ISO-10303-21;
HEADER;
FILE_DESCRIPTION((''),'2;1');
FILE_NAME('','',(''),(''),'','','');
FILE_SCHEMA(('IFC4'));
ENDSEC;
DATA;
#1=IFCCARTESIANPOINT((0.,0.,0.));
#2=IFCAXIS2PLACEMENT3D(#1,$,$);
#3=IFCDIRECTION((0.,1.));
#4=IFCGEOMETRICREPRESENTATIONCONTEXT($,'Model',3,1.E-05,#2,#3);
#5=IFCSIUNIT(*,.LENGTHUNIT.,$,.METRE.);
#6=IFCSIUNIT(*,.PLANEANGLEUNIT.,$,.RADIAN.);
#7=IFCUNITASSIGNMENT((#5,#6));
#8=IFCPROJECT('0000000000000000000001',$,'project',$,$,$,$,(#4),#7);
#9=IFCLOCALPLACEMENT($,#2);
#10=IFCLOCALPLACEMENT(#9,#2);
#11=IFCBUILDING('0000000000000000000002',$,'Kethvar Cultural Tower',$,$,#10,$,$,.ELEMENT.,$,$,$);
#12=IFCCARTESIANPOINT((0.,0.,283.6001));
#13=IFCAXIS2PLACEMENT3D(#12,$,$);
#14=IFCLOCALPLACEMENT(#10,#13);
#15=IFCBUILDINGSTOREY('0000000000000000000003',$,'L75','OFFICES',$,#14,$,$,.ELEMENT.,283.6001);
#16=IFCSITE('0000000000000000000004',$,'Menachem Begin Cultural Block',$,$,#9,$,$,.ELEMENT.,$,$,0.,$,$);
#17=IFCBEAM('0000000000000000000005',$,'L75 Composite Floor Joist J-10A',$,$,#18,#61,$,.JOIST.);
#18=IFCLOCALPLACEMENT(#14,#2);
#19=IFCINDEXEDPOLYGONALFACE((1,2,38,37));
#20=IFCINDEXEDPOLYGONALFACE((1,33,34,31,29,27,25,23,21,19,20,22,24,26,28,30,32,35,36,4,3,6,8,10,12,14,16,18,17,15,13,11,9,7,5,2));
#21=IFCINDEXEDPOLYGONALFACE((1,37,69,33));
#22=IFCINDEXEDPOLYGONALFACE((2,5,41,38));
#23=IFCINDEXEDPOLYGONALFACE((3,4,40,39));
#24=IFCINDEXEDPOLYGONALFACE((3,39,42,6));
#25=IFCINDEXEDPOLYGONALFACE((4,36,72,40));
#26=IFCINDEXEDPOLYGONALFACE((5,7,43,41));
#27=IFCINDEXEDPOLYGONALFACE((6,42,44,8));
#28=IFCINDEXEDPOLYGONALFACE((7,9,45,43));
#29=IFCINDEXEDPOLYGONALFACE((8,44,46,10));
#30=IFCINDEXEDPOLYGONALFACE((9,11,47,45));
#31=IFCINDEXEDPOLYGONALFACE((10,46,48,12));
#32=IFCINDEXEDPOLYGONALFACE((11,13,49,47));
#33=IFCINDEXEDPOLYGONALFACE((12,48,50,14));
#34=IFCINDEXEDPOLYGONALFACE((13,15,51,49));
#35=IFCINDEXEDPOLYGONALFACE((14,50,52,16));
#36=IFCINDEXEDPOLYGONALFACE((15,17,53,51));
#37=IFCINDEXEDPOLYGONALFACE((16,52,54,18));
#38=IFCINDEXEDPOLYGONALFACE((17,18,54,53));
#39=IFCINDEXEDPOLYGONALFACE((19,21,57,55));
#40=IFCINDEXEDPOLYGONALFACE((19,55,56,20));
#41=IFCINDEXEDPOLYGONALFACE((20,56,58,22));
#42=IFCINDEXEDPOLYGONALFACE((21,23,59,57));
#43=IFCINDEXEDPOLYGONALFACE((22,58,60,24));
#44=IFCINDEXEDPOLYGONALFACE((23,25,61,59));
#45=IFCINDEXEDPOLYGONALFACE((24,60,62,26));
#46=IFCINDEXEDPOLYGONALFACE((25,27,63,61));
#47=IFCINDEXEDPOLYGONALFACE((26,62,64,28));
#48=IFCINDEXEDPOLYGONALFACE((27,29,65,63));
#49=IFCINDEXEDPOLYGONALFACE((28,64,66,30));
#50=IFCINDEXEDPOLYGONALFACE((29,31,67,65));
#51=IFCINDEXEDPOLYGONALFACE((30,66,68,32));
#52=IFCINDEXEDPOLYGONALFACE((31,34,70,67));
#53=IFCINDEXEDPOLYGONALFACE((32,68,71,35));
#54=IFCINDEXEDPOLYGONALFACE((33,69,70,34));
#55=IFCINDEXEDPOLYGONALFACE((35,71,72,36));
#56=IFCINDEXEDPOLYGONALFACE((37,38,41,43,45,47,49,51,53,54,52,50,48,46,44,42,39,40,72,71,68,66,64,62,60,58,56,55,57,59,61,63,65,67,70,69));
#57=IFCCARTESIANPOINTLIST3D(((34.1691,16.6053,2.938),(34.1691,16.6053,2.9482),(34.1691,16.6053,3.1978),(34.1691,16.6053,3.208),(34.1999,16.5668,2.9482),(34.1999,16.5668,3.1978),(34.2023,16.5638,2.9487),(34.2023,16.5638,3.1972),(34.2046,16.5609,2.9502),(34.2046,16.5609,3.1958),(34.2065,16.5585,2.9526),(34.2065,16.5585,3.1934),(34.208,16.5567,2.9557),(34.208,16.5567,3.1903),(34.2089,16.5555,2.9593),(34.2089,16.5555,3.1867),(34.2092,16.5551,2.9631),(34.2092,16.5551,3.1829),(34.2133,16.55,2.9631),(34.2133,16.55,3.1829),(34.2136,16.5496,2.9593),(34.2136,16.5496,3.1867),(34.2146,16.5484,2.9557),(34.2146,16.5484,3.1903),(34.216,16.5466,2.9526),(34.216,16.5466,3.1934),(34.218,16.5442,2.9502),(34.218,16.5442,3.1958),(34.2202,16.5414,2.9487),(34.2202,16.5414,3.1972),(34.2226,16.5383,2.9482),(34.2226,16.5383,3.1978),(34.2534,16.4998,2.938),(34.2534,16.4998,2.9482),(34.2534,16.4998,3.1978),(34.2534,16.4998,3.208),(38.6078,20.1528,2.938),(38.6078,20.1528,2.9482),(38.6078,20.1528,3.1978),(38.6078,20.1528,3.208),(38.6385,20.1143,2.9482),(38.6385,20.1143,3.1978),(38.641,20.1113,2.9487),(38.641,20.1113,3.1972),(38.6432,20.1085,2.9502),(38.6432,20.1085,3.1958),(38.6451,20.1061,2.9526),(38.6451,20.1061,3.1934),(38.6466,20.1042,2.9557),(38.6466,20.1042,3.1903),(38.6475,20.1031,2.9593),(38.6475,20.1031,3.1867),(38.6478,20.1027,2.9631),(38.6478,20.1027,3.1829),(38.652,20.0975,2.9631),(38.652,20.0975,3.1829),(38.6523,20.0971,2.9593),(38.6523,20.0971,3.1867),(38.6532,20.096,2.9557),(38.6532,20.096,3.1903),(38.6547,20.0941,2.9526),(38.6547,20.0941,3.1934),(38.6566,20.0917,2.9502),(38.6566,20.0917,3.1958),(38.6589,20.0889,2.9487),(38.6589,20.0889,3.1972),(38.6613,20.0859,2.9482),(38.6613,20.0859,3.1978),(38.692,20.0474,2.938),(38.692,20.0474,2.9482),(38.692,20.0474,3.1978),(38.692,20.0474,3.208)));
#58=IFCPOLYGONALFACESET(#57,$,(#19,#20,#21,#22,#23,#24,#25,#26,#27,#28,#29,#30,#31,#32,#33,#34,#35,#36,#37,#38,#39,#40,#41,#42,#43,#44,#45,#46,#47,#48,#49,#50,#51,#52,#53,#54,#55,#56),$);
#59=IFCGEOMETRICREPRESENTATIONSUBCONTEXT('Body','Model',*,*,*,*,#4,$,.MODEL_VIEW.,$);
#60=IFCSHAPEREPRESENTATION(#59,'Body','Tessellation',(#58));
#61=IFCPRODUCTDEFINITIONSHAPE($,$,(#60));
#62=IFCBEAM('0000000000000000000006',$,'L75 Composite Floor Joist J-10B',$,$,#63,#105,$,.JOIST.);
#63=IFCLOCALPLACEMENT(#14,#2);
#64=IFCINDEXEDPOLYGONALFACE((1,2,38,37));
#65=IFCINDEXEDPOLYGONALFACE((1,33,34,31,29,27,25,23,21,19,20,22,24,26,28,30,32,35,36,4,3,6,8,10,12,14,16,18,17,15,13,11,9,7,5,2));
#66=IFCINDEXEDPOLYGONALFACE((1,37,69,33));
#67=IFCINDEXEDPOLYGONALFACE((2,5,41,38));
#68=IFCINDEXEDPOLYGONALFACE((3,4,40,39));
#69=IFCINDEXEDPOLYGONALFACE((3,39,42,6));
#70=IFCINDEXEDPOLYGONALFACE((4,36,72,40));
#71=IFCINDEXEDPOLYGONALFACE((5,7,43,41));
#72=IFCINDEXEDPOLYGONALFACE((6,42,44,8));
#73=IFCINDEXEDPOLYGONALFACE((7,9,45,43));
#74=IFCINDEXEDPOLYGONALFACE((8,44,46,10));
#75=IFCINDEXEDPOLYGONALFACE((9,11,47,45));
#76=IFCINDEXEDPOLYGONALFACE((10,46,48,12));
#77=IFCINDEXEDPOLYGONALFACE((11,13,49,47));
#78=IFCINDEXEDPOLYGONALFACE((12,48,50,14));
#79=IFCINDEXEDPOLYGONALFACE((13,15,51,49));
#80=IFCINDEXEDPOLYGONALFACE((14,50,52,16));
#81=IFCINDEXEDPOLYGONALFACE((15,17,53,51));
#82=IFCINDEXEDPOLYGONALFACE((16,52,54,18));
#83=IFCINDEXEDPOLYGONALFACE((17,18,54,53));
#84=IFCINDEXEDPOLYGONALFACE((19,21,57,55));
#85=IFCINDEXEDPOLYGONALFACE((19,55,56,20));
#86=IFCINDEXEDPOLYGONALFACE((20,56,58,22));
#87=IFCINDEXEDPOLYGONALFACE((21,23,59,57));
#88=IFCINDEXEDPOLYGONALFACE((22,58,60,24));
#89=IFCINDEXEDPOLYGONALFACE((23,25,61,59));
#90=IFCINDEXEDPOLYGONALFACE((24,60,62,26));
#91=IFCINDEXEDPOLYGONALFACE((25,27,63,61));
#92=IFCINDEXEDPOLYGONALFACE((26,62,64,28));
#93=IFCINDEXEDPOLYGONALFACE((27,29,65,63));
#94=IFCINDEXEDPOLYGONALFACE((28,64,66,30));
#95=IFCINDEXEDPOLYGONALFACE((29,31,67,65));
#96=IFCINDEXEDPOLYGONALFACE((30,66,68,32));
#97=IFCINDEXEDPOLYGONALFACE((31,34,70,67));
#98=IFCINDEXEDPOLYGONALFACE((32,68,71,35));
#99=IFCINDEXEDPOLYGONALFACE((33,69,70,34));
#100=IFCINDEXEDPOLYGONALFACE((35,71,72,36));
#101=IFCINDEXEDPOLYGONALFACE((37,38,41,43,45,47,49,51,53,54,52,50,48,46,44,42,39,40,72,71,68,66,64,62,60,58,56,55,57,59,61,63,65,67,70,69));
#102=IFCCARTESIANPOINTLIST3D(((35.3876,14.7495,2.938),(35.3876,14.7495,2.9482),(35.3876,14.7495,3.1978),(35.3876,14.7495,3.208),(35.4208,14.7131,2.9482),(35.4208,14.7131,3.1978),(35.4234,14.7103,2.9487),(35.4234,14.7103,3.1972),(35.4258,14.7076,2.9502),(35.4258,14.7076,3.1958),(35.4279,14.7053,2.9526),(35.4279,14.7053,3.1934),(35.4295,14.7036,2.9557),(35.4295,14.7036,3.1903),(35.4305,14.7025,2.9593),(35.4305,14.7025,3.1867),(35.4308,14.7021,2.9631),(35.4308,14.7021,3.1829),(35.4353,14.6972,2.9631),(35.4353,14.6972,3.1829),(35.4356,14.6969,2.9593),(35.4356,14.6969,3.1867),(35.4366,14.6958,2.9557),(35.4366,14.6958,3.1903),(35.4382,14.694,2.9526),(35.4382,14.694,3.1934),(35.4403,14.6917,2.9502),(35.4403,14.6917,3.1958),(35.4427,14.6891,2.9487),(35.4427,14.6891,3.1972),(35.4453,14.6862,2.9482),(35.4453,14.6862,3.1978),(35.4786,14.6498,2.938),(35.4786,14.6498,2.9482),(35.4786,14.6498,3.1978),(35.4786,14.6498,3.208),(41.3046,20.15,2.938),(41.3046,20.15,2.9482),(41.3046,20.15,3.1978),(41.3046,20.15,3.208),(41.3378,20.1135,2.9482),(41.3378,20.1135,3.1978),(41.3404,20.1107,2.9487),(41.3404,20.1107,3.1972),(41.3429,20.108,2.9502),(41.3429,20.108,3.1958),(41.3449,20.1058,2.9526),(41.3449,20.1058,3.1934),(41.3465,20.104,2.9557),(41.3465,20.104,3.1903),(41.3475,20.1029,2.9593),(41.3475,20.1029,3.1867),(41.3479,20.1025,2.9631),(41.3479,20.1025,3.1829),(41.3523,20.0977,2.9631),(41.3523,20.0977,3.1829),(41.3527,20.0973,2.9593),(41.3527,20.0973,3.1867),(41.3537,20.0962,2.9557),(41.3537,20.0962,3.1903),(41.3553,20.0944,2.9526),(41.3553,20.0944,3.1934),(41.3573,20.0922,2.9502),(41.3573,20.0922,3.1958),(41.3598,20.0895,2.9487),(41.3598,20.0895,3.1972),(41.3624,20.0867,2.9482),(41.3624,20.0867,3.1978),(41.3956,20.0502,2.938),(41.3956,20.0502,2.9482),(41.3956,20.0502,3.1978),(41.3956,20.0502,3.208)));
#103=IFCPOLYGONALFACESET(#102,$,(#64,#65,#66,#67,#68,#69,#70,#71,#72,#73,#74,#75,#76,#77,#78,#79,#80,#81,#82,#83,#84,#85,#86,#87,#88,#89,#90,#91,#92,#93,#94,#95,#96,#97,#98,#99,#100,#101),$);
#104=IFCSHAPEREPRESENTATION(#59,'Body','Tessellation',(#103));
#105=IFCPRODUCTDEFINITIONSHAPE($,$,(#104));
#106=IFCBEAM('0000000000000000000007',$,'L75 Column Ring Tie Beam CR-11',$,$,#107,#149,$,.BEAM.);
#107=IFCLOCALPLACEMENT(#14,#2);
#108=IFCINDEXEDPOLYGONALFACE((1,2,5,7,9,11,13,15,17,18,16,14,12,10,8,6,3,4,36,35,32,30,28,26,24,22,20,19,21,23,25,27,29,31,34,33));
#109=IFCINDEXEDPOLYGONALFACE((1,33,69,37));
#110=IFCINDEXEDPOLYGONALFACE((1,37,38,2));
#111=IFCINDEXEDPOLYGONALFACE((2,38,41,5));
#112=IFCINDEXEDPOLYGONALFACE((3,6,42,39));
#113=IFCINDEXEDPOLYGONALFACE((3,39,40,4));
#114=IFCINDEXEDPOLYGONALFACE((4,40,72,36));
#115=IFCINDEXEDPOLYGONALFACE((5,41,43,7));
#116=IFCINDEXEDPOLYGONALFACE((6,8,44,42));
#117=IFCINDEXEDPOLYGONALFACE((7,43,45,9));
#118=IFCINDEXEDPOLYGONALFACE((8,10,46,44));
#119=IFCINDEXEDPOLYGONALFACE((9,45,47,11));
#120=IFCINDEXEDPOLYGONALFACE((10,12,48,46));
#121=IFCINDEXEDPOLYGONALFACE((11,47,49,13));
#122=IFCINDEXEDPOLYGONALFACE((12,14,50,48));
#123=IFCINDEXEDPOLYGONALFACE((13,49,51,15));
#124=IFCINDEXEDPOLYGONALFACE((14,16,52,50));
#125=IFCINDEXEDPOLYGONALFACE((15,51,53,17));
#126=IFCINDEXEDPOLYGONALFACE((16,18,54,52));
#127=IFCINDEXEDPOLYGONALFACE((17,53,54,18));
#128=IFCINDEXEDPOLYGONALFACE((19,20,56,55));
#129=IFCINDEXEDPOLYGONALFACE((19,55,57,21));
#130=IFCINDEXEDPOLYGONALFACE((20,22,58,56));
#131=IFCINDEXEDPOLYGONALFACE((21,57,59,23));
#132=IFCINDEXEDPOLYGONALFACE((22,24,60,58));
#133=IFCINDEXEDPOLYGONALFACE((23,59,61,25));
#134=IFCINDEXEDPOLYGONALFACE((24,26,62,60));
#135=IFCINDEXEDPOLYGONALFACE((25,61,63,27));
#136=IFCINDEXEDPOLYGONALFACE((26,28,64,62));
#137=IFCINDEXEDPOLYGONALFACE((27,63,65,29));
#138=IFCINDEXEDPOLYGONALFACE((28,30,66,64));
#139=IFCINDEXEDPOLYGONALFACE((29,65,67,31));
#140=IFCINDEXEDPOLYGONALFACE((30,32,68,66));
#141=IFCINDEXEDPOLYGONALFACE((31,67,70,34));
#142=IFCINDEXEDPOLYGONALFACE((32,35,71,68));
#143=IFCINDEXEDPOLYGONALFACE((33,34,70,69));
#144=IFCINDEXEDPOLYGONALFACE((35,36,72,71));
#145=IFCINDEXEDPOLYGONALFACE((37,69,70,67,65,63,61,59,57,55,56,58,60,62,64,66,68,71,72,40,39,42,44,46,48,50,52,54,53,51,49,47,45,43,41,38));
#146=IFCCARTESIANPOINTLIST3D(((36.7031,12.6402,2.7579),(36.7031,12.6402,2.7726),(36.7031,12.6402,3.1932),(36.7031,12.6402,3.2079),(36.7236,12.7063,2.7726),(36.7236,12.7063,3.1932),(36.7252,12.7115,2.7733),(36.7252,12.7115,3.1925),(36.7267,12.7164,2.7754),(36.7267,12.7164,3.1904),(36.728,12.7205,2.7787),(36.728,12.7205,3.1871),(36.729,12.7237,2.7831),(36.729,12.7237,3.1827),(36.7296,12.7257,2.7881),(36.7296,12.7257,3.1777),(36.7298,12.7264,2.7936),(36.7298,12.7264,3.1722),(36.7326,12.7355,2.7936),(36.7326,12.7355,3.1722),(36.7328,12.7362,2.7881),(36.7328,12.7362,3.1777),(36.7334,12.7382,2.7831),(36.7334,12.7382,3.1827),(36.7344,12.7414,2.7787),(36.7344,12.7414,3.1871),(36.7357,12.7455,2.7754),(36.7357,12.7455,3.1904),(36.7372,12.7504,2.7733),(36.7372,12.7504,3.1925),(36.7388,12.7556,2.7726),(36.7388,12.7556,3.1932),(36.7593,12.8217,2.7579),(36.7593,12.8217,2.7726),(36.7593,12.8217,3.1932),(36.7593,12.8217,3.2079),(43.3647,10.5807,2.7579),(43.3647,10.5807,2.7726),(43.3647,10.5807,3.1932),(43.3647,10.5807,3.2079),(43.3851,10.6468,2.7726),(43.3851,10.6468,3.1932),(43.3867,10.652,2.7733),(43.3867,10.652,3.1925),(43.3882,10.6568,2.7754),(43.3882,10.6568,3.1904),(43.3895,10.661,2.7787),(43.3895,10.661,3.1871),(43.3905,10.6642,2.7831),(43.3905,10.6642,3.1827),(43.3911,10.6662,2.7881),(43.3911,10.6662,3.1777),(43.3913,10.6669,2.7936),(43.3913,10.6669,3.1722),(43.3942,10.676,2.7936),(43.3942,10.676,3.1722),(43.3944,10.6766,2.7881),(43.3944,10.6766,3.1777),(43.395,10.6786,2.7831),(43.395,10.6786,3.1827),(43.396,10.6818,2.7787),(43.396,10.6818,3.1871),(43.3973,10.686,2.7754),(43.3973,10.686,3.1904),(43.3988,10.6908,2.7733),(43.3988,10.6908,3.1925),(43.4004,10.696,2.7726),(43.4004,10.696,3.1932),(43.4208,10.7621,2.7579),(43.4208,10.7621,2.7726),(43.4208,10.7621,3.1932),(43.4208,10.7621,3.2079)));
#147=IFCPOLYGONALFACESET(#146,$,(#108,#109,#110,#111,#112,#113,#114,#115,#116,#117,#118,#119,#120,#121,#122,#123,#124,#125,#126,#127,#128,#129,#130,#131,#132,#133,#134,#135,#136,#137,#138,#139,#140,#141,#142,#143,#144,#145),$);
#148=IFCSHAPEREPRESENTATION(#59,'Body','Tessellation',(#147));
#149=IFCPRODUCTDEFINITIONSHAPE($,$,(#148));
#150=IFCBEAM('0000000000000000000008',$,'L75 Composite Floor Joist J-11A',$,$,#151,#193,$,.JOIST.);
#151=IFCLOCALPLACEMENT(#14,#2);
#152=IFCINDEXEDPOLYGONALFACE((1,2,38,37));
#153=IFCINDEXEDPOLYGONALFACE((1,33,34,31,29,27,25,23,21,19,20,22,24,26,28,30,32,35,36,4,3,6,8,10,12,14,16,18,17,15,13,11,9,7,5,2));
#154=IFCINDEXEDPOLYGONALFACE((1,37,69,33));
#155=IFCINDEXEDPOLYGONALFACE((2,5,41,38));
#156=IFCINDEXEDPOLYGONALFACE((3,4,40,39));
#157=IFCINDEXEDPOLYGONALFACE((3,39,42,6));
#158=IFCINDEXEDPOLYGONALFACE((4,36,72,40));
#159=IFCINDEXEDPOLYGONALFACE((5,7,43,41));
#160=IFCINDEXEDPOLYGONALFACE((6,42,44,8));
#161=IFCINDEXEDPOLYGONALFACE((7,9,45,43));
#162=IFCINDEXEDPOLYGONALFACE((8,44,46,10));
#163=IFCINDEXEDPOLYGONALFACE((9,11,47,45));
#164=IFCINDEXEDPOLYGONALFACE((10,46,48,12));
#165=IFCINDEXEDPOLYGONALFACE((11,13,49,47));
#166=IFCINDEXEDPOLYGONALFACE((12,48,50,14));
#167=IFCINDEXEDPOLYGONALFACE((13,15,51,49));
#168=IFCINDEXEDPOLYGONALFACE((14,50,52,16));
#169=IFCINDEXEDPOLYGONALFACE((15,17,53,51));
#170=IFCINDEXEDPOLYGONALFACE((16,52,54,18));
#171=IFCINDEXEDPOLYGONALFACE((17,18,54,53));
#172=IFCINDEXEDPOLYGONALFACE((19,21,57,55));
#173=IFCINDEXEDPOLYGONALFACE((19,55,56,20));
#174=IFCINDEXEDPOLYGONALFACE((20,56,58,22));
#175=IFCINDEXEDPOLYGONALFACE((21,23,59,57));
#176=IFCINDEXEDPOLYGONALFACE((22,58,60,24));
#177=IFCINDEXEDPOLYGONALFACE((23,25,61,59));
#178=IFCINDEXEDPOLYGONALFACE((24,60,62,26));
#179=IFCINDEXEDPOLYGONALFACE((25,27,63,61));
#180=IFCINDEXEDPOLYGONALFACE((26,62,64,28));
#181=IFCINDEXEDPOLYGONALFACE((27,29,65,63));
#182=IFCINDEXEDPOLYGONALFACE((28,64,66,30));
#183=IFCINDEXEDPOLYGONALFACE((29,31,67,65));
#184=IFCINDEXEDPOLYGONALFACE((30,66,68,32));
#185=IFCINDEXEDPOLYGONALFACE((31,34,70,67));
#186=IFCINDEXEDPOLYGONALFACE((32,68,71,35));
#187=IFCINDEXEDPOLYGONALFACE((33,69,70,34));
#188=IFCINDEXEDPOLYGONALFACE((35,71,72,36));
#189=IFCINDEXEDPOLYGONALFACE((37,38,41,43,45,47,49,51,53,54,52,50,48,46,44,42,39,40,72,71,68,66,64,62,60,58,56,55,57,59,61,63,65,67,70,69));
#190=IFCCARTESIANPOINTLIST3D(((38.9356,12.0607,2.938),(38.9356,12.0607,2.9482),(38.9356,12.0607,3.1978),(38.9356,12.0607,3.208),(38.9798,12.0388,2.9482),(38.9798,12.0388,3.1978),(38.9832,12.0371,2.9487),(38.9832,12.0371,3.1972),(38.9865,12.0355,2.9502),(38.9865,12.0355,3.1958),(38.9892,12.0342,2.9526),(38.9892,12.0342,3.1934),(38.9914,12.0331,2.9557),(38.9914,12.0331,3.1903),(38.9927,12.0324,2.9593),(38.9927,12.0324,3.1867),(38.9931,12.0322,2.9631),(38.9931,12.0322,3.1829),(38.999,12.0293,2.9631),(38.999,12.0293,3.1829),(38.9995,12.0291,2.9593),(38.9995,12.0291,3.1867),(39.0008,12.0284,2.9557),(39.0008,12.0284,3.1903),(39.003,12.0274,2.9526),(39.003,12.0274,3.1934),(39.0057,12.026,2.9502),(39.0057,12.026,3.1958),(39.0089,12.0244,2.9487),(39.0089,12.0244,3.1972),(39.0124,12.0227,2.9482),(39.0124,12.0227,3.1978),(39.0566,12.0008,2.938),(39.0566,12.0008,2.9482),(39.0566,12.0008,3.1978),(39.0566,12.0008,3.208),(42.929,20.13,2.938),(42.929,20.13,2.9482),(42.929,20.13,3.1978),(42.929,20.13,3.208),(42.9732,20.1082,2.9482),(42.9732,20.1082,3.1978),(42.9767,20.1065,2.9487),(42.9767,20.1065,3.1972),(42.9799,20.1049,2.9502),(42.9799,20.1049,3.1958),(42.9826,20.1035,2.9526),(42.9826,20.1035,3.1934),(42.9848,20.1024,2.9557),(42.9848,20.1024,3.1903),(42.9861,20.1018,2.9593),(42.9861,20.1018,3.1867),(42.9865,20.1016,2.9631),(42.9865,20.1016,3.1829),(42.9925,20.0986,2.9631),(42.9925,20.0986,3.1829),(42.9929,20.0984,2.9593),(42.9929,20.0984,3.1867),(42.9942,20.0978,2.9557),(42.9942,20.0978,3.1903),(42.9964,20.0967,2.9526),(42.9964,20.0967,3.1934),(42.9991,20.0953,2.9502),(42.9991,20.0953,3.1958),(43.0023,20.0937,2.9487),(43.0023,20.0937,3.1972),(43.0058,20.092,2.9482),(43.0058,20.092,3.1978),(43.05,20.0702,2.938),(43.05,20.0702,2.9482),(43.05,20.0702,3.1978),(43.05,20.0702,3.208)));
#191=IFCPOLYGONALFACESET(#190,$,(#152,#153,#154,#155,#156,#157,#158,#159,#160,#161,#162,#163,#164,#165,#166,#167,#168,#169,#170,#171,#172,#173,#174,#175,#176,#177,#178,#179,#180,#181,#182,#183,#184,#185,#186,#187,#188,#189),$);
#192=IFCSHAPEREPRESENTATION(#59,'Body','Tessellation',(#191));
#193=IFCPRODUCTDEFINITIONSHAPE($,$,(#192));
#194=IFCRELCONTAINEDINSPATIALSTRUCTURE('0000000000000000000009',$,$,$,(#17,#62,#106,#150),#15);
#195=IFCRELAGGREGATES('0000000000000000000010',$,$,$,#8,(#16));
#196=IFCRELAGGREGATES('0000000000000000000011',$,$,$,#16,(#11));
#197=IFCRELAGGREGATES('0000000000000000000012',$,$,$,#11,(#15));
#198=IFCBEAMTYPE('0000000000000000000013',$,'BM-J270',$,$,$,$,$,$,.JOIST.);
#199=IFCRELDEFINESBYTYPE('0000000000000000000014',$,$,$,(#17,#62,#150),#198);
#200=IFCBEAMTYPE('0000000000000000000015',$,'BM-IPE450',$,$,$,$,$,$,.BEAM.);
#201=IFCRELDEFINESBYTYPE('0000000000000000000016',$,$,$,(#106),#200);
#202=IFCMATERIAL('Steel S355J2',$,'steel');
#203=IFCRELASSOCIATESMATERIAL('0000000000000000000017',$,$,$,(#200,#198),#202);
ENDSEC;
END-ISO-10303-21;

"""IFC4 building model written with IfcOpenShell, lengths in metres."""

from ifc_helpers import new_model, si_unit, direction, frame, origin, origin_2d, place, context, subcontext, project, spatial, i_section, extrude, source, transform, mapped, material, material_profile, profile_set, type_object, element, save


model = new_model("IFC4")

# Units and contexts
model_context = context("Model", 3, precision=1e-05, world=origin(), true_north=direction((0.0, 1.0)))
body_context = subcontext(model_context, "Body", "Model", "MODEL_VIEW")
ifc_project = project(units=[si_unit("LENGTHUNIT", "METRE"), si_unit("PLANEANGLEUNIT", "RADIAN")], contexts=[model_context])

# Site, building, storey
site_placement = place(None, origin())
site = spatial("IfcSite", under=ifc_project, at=site_placement, Name="Menachem Begin Cultural Block", CompositionType="ELEMENT", RefElevation=0.0)
building_placement = place(site_placement, origin())
building = spatial("IfcBuilding", under=site, at=building_placement, Name="Kethvar Cultural Tower", CompositionType="ELEMENT")
storey_placement = place(building_placement, frame((0.0, 0.0, 283.6001)))
storey = spatial("IfcBuildingStorey", under=building, at=storey_placement, Name="L75", Description="OFFICES", CompositionType="ELEMENT", Elevation=283.6001)

# Shared definitions
ifc_material_1 = material(Name="Steel S355J2", Category="steel")

# Beams
ifc_material_profile_1 = material_profile(ifc_material_1, i_section(OverallWidth=0.1899, OverallDepth=0.45, WebThickness=0.0095, FlangeThickness=0.0146, FilletRadius=0.021, at=origin_2d()), Name="Steel S355J2 — IPE450")
ifc_profile_set_1 = profile_set([ifc_material_profile_1], Name="Steel S355J2 — IPE450")
beam_type_1 = type_object("IfcBeamType", Name="BM-IPE450", PredefinedType="BEAM", material=ifc_profile_set_1)
ifc_material_profile_2 = material_profile(ifc_material_1, i_section(OverallWidth=0.135, OverallDepth=0.27, WebThickness=0.0066, FlangeThickness=0.0103, FilletRadius=0.0149, at=origin_2d()), Name="Steel S355J2 — IPE270")
ifc_profile_set_2 = profile_set([ifc_material_profile_2], Name="Steel S355J2 — IPE270")
beam_type_2 = type_object("IfcBeamType", Name="BM-J270", PredefinedType="JOIST", material=ifc_profile_set_2)
shared_shape_1 = source(origin(), body_context, "Body", "SweptSolid", [
    extrude(i_section(OverallWidth=0.135, OverallDepth=0.27, WebThickness=0.0066, FlangeThickness=0.0103, FilletRadius=0.0149, at=origin_2d()), origin(), (0.0, 0.0, 1.0), 5.6821),
])
beam_1_placement = place(storey_placement, frame((38.6499, 20.1001, 3.073), z_axis=(-0.781158, -0.624333, 0.0), x_axis=(0.624333, -0.781158, 0.0)))
element("IfcBeam", 1, at=beam_1_placement, inside=storey, type_object=beam_type_2, Name="L75 Composite Floor Joist J-10A", PredefinedType="JOIST", context=body_context, shape_type="MappedRepresentation", body=[
    mapped(shared_shape_1, transform((0.0, 0.0, 0.0), scale=1.0)),
])
shared_shape_2 = source(origin(), body_context, "Body", "SweptSolid", [
    extrude(i_section(OverallWidth=0.135, OverallDepth=0.27, WebThickness=0.0066, FlangeThickness=0.0103, FilletRadius=0.0149, at=origin_2d()), origin(), (0.0, 0.0, 1.0), 8.011),
])
beam_2_placement = place(storey_placement, frame((41.3501, 20.1001, 3.073), z_axis=(-0.738615, -0.674128, 0.0), x_axis=(0.674128, -0.738615, 0.0)))
element("IfcBeam", 2, at=beam_2_placement, inside=storey, type_object=beam_type_2, Name="L75 Composite Floor Joist J-10B", PredefinedType="JOIST", context=body_context, shape_type="MappedRepresentation", body=[
    mapped(shared_shape_2, transform((0.0, 0.0, 0.0), scale=1.0)),
])
shared_shape_3 = source(origin(), body_context, "Body", "SweptSolid", [
    extrude(i_section(OverallWidth=0.1899, OverallDepth=0.45, WebThickness=0.0095, FlangeThickness=0.0146, FilletRadius=0.021, at=origin_2d()), origin(), (0.0, 0.0, 1.0), 6.9727),
])
beam_3_placement = place(storey_placement, frame((36.7312, 12.731, 2.9829), z_axis=(0.955381, -0.295375, 0.0), x_axis=(0.295375, 0.955381, 0.0)))
element("IfcBeam", 3, at=beam_3_placement, inside=storey, type_object=beam_type_1, Name="L75 Column Ring Tie Beam CR-11", PredefinedType="BEAM", context=body_context, shape_type="MappedRepresentation", body=[
    mapped(shared_shape_3, transform((0.0, 0.0, 0.0), scale=1.0)),
])
shared_shape_4 = source(origin(), body_context, "Body", "SweptSolid", [
    extrude(i_section(OverallWidth=0.135, OverallDepth=0.27, WebThickness=0.0066, FlangeThickness=0.0103, FilletRadius=0.0149, at=origin_2d()), origin(), (0.0, 0.0, 1.0), 9.0034),
])
beam_4_placement = place(storey_placement, frame((42.9895, 20.1001, 3.073), z_axis=(-0.443544, -0.896253, 0.0), x_axis=(0.896253, -0.443544, 0.0)))
element("IfcBeam", 4, at=beam_4_placement, inside=storey, type_object=beam_type_2, Name="L75 Composite Floor Joist J-11A", PredefinedType="JOIST", context=body_context, shape_type="MappedRepresentation", body=[
    mapped(shared_shape_4, transform((0.0, 0.0, 0.0), scale=1.0)),
])

save(model, "model.ifc")
